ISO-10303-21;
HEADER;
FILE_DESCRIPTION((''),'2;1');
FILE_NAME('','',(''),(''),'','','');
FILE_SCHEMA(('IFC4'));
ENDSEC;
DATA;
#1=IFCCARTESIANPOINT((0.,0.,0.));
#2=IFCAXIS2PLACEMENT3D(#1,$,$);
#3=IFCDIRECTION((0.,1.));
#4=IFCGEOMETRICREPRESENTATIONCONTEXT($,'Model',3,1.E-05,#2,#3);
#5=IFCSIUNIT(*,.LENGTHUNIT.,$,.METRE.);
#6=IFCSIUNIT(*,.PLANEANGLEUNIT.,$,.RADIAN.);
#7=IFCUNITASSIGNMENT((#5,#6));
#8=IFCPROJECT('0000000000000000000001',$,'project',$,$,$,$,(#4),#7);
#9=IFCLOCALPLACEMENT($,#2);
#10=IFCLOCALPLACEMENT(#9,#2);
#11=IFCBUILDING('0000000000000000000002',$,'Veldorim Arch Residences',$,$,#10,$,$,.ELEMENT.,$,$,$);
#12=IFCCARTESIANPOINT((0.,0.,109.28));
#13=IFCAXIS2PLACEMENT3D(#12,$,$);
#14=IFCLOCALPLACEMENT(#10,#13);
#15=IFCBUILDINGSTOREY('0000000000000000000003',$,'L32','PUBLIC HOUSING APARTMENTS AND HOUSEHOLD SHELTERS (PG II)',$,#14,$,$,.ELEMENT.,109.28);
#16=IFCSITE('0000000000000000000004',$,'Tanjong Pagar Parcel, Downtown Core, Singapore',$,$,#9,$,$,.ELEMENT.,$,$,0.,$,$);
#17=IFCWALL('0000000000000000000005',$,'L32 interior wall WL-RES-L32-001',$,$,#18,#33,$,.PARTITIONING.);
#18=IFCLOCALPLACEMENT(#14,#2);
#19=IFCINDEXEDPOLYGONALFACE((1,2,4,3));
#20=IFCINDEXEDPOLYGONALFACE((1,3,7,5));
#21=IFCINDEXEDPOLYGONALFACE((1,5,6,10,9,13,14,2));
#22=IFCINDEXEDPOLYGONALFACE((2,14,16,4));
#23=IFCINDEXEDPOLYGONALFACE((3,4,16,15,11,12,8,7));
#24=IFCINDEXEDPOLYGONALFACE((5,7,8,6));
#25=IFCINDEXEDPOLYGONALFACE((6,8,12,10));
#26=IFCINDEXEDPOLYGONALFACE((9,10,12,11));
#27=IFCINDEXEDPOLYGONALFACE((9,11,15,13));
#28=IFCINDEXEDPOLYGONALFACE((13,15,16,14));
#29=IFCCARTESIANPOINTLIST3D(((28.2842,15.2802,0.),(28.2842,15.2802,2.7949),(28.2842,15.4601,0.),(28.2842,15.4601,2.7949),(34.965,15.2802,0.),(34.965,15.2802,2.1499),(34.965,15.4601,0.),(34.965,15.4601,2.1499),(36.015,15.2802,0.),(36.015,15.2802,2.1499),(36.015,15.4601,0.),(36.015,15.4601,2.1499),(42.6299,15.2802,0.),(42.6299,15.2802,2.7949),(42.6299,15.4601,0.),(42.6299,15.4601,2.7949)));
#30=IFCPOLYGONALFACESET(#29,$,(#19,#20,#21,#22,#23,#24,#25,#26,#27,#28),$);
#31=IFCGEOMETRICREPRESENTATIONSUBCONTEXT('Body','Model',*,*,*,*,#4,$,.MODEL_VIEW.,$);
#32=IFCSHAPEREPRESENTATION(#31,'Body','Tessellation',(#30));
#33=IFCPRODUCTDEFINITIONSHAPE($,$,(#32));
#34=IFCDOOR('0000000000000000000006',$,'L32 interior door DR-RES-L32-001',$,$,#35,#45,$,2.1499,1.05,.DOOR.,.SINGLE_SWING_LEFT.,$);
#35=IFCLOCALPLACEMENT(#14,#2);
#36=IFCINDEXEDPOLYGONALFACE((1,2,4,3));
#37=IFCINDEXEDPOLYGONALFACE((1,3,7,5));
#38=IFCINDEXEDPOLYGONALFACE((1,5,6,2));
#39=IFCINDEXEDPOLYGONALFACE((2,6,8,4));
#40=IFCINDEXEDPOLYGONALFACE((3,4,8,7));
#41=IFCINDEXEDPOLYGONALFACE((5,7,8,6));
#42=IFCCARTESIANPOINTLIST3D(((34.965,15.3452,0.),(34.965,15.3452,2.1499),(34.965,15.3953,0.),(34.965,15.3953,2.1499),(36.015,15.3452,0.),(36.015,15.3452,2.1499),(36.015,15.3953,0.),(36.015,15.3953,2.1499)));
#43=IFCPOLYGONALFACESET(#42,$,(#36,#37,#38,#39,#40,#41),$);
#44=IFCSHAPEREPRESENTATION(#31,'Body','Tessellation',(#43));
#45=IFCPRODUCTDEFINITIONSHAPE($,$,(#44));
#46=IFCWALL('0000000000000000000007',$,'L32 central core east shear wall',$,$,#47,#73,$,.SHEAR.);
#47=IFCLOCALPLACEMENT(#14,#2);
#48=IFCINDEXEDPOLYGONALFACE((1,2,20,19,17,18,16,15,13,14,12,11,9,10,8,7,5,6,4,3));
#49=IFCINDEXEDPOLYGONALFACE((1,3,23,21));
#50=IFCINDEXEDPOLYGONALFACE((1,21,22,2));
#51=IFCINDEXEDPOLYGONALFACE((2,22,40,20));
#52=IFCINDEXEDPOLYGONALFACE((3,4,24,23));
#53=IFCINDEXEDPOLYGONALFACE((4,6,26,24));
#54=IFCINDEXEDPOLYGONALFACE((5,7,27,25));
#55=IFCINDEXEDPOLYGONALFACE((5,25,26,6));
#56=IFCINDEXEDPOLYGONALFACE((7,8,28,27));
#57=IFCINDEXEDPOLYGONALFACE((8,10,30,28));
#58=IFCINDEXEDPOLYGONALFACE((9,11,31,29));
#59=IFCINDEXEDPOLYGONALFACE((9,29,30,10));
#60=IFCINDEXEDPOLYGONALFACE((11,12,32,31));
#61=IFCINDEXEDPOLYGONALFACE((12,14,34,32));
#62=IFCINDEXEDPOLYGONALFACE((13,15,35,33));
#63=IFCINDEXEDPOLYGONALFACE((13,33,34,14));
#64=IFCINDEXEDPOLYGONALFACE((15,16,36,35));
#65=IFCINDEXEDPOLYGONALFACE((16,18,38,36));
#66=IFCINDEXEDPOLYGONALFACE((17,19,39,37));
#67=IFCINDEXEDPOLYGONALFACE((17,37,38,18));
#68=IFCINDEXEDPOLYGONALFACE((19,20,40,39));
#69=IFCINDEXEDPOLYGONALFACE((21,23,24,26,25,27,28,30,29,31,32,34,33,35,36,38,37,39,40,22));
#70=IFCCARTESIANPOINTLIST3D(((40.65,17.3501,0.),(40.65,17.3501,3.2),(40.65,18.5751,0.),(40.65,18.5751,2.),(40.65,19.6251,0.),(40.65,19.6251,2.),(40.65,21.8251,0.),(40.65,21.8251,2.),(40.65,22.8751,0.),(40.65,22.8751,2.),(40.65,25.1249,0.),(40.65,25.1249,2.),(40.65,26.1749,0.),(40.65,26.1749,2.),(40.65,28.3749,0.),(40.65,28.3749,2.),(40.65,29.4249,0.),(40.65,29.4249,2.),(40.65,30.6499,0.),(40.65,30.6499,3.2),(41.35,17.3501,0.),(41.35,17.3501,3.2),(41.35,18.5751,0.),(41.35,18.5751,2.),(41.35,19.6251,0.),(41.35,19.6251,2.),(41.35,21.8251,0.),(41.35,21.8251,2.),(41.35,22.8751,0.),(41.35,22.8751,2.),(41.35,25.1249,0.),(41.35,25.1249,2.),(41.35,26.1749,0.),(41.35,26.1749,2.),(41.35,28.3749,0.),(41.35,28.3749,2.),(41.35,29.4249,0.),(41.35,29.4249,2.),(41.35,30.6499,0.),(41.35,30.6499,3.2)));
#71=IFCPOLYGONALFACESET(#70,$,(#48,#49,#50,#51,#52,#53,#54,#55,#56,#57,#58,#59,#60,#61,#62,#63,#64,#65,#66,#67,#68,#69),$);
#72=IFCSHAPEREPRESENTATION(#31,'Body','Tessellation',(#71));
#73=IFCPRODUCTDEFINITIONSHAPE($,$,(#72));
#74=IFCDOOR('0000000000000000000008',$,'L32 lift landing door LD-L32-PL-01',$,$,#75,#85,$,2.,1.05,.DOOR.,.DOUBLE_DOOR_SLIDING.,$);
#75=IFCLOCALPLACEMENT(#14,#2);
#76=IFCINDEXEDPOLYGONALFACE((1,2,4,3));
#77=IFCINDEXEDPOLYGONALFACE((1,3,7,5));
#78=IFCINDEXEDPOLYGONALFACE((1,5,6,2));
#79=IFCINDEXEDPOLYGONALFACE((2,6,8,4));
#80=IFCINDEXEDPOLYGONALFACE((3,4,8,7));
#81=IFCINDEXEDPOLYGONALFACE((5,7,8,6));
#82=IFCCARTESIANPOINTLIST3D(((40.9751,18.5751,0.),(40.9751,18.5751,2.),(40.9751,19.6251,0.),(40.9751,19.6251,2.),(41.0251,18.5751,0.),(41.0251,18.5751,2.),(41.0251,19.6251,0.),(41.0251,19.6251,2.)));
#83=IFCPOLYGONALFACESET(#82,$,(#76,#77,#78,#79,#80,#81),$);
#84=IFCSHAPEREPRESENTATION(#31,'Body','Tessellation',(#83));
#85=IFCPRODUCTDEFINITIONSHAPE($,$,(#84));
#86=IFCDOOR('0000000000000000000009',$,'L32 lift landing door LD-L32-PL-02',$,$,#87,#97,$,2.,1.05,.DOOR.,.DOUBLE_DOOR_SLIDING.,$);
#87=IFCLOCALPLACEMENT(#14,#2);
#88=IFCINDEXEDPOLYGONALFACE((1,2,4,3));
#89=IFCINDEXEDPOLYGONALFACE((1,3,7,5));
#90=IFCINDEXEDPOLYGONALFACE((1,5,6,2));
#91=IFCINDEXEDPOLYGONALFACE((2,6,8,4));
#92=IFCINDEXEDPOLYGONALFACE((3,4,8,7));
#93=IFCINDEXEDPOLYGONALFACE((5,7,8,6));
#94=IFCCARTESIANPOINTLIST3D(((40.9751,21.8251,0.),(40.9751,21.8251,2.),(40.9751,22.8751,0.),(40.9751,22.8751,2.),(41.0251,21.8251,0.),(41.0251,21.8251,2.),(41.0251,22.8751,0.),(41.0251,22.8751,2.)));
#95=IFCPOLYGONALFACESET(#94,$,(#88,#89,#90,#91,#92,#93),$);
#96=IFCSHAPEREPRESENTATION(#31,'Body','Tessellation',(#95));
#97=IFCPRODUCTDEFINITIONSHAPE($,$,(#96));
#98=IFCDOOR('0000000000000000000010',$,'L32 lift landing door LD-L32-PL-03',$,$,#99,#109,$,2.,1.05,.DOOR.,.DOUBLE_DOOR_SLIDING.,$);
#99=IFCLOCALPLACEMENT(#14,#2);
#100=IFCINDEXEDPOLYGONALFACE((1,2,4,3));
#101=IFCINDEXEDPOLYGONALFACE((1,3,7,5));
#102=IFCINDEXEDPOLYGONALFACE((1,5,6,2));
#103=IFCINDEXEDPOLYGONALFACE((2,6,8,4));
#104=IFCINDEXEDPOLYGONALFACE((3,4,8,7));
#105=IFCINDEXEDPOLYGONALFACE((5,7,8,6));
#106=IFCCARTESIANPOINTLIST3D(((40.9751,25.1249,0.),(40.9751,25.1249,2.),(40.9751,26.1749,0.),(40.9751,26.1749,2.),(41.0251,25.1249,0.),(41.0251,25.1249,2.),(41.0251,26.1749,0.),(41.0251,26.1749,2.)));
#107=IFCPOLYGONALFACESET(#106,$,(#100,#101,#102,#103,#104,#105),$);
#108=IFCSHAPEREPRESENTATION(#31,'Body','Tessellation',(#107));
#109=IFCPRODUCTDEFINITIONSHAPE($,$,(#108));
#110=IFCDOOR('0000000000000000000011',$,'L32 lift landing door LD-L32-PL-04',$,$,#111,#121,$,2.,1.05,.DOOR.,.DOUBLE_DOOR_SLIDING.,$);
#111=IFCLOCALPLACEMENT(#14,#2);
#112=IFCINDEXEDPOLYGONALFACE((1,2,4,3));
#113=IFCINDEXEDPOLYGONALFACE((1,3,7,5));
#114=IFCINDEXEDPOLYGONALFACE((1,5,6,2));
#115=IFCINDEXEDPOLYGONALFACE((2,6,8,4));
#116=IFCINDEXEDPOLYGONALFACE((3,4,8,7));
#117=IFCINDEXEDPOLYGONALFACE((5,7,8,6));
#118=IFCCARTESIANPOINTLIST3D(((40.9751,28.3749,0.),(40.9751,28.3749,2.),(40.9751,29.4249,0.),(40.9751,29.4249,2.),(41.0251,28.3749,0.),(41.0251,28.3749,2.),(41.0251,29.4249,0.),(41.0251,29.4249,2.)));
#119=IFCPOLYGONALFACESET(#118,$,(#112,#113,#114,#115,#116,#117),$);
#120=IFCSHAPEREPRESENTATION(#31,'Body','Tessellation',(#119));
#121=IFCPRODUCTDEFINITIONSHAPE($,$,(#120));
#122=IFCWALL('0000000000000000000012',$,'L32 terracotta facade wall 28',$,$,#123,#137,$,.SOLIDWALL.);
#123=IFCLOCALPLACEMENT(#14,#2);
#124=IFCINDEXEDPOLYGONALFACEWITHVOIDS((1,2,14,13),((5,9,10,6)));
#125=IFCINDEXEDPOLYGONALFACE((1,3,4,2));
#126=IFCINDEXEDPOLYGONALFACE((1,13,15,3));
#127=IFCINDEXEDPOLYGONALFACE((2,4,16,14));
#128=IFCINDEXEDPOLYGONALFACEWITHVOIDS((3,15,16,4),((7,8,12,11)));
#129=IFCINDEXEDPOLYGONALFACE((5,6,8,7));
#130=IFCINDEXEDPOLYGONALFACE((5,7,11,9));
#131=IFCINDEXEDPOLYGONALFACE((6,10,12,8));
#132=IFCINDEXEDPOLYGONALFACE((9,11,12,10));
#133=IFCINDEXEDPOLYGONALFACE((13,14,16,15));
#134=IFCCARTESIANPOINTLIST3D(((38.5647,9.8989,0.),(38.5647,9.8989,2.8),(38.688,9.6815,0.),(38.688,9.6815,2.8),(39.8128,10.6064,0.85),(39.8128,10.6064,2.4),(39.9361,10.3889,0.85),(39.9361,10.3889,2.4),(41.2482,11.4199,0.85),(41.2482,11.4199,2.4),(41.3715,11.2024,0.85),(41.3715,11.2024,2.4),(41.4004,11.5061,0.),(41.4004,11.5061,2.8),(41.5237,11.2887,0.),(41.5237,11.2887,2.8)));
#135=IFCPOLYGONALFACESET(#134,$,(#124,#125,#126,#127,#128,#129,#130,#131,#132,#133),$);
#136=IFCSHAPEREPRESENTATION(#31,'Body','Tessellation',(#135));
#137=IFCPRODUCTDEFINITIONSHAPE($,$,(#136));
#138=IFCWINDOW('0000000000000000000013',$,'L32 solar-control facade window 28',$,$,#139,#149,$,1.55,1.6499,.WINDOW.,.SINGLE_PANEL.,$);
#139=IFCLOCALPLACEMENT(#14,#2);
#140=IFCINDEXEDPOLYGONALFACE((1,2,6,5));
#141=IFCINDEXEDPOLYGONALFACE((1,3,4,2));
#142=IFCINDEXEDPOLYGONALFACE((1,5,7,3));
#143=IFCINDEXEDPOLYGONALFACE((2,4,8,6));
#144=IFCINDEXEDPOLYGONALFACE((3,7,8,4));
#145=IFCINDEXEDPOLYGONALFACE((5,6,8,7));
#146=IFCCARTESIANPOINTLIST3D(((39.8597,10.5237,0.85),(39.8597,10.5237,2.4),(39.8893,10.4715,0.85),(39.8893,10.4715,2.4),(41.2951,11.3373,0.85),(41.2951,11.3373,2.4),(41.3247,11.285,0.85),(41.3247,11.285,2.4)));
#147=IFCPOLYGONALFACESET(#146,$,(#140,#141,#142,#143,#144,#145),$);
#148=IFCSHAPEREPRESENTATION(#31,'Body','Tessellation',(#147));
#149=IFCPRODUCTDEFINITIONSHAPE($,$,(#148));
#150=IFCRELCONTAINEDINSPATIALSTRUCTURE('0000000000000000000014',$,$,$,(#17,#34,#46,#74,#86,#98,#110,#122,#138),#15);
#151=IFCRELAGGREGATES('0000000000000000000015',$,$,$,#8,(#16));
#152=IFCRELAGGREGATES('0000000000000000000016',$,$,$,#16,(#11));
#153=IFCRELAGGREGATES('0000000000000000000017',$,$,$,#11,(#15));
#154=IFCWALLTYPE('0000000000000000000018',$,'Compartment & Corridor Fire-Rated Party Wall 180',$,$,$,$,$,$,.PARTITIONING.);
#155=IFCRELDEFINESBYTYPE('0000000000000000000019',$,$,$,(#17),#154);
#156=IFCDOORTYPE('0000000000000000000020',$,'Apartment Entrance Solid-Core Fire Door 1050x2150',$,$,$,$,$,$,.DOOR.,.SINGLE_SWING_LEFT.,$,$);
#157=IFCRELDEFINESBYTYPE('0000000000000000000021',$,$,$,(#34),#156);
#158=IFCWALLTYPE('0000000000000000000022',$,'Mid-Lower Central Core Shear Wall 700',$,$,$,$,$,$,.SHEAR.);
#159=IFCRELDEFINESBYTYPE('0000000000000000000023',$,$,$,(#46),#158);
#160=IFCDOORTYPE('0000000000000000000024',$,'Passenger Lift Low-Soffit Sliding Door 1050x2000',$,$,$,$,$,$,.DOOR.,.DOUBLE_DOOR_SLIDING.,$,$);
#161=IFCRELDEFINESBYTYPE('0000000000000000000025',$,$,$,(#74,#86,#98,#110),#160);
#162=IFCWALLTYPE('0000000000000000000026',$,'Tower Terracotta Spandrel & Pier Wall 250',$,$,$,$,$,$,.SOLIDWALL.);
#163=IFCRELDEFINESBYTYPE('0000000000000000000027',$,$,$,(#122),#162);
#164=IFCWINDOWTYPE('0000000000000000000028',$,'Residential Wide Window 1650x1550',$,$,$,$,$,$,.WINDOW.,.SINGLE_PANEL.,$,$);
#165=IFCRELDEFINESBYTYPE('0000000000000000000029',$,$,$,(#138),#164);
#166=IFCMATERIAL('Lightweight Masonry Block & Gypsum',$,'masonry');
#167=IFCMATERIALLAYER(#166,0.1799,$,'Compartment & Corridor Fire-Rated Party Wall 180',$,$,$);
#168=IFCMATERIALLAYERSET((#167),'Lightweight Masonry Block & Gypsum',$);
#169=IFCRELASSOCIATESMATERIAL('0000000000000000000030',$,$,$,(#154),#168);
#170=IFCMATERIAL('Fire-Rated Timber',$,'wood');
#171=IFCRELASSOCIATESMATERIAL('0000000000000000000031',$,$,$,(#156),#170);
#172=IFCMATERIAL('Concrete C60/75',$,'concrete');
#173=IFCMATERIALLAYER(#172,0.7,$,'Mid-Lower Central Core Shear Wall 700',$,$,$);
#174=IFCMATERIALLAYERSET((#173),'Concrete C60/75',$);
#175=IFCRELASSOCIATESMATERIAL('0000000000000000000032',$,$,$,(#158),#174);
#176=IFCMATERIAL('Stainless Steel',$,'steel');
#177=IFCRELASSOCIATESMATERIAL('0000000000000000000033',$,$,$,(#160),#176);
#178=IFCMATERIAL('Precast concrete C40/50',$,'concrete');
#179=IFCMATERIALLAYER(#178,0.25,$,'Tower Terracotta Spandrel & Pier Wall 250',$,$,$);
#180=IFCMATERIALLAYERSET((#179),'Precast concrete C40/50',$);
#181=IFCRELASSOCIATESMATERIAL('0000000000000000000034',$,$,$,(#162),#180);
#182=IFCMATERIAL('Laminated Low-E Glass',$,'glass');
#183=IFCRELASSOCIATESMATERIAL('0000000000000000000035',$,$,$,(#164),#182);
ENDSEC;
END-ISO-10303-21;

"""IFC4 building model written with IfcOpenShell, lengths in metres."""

from ifc_helpers import new_model, si_unit, direction, frame, frame_2d, origin, place, context, subcontext, project, spatial, rectangle, extrude, material, layer, layer_set, type_object, element, fill, save


model = new_model("IFC4")

# Units and contexts
model_context = context("Model", 3, precision=1e-05, world=origin(), true_north=direction((0.0, 1.0)))
body_context = subcontext(model_context, "Body", "Model", "MODEL_VIEW")
ifc_project = project(units=[si_unit("LENGTHUNIT", "METRE"), si_unit("PLANEANGLEUNIT", "RADIAN")], contexts=[model_context])

# Site, building, storey
site_placement = place(None, origin())
site = spatial("IfcSite", under=ifc_project, at=site_placement, Name="Tanjong Pagar Parcel, Downtown Core, Singapore", CompositionType="ELEMENT", RefElevation=0.0)
building_placement = place(site_placement, origin())
building = spatial("IfcBuilding", under=site, at=building_placement, Name="Veldorim Arch Residences", CompositionType="ELEMENT")
storey_placement = place(building_placement, frame((0.0, 0.0, 109.28)))
storey = spatial("IfcBuildingStorey", under=building, at=storey_placement, Name="L32", Description="PUBLIC HOUSING APARTMENTS AND HOUSEHOLD SHELTERS (PG II)", CompositionType="ELEMENT", Elevation=109.28)

# Shared definitions
ifc_material_1 = material(Name="Lightweight Masonry Block & Gypsum", Category="masonry")
ifc_layer_1 = layer(ifc_material_1, 0.1799, Name="Compartment & Corridor Fire-Rated Party Wall 180")
ifc_layer_set_1 = layer_set([ifc_layer_1], Name="Lightweight Masonry Block & Gypsum")
wall_type_1 = type_object("IfcWallType", Name="Compartment & Corridor Fire-Rated Party Wall 180", PredefinedType="PARTITIONING", material=ifc_layer_set_1)

# Wall, opening, door
wall_1_placement = place(storey_placement, frame((42.6299, 15.3701, 0.0), z_axis=(0.0, 0.0, 1.0), x_axis=(-1.0, 0.0, 0.0)))
wall_1 = element("IfcWall", 1, at=wall_1_placement, inside=storey, type_object=wall_type_1, Name="L32 interior wall WL-RES-L32-001", PredefinedType="PARTITIONING", context=body_context, shape_type="SweptSolid", body=[
    extrude(rectangle(XDim=14.3457, YDim=0.1799, at=frame_2d((7.1729, 0.0))), origin(), (0.0, 0.0, 1.0), 2.7949),
])
opening_1_placement = place(wall_1_placement, frame((6.615, 0.0, 0.0)))
opening_1 = element("IfcOpeningElement", 2, at=opening_1_placement, cuts=wall_1, PredefinedType="OPENING", context=body_context, shape_type="SweptSolid", body=[
    extrude(rectangle(XDim=1.05, YDim=2.1499, at=frame_2d((0.5249, 1.075))), frame((0.0, 0.0999, 0.0), z_axis=(0.0, -1.0, 0.0), x_axis=(1.0, 0.0, 0.0)), (0.0, 0.0, 1.0), 0.2),
])
ifc_material_2 = material(Name="Fire-Rated Timber", Category="wood")
door_type_1 = type_object("IfcDoorType", Name="Apartment Entrance Solid-Core Fire Door 1050x2150", OperationType="SINGLE_SWING_LEFT", PredefinedType="DOOR", material=ifc_material_2)
door_1_placement = place(opening_1_placement, origin())
door_1 = element("IfcDoor", 3, at=door_1_placement, inside=storey, type_object=door_type_1, Name="L32 interior door DR-RES-L32-001", OperationType="SINGLE_SWING_LEFT", OverallHeight=2.1499, OverallWidth=1.05, PredefinedType="DOOR", context=body_context, shape_type="SweptSolid", body=[
    extrude(rectangle(XDim=1.05, YDim=2.1499, at=frame_2d((0.5249, 1.075))), frame((0.0, 0.0249, 0.0), z_axis=(0.0, -1.0, 0.0), x_axis=(1.0, 0.0, 0.0)), (0.0, 0.0, 1.0), 0.05),
])
fill(opening_1, door_1)

# Wall, openings, doors
ifc_material_3 = material(Name="Concrete C60/75", Category="concrete")
ifc_layer_2 = layer(ifc_material_3, 0.7, Name="Mid-Lower Central Core Shear Wall 700")
ifc_layer_set_2 = layer_set([ifc_layer_2], Name="Concrete C60/75")
wall_type_2 = type_object("IfcWallType", Name="Mid-Lower Central Core Shear Wall 700", PredefinedType="SHEAR", material=ifc_layer_set_2)
wall_2_placement = place(storey_placement, frame((41.0, 17.3501, 0.0), z_axis=(0.0, 0.0, 1.0), x_axis=(0.0, 1.0, 0.0)))
wall_2 = element("IfcWall", 4, at=wall_2_placement, inside=storey, type_object=wall_type_2, Name="L32 central core east shear wall", PredefinedType="SHEAR", context=body_context, shape_type="SweptSolid", body=[
    extrude(rectangle(XDim=13.2998, YDim=0.7, at=frame_2d((6.6499, 0.0))), origin(), (0.0, 0.0, 1.0), 3.2),
])
opening_2_placement = place(wall_2_placement, frame((1.2251, 0.0, 0.0)))
opening_2 = element("IfcOpeningElement", 5, at=opening_2_placement, cuts=wall_2, PredefinedType="OPENING", context=body_context, shape_type="SweptSolid", body=[
    extrude(rectangle(XDim=1.05, YDim=2.0, at=frame_2d((0.5249, 1.0))), frame((0.0, 0.3599, 0.0), z_axis=(0.0, -1.0, 0.0), x_axis=(1.0, 0.0, 0.0)), (0.0, 0.0, 1.0), 0.72),
])
opening_3_placement = place(wall_2_placement, frame((4.4751, 0.0, 0.0)))
opening_3 = element("IfcOpeningElement", 6, at=opening_3_placement, cuts=wall_2, PredefinedType="OPENING", context=body_context, shape_type="SweptSolid", body=[
    extrude(rectangle(XDim=1.05, YDim=2.0, at=frame_2d((0.5249, 1.0))), frame((0.0, 0.3599, 0.0), z_axis=(0.0, -1.0, 0.0), x_axis=(1.0, 0.0, 0.0)), (0.0, 0.0, 1.0), 0.72),
])
opening_4_placement = place(wall_2_placement, frame((7.7749, 0.0, 0.0)))
opening_4 = element("IfcOpeningElement", 7, at=opening_4_placement, cuts=wall_2, PredefinedType="OPENING", context=body_context, shape_type="SweptSolid", body=[
    extrude(rectangle(XDim=1.05, YDim=2.0, at=frame_2d((0.5249, 1.0))), frame((0.0, 0.3599, 0.0), z_axis=(0.0, -1.0, 0.0), x_axis=(1.0, 0.0, 0.0)), (0.0, 0.0, 1.0), 0.72),
])
opening_5_placement = place(wall_2_placement, frame((11.0249, 0.0, 0.0)))
opening_5 = element("IfcOpeningElement", 8, at=opening_5_placement, cuts=wall_2, PredefinedType="OPENING", context=body_context, shape_type="SweptSolid", body=[
    extrude(rectangle(XDim=1.05, YDim=2.0, at=frame_2d((0.5249, 1.0))), frame((0.0, 0.3599, 0.0), z_axis=(0.0, -1.0, 0.0), x_axis=(1.0, 0.0, 0.0)), (0.0, 0.0, 1.0), 0.72),
])
ifc_material_4 = material(Name="Stainless Steel", Category="steel")
door_type_2 = type_object("IfcDoorType", Name="Passenger Lift Low-Soffit Sliding Door 1050x2000", OperationType="DOUBLE_DOOR_SLIDING", PredefinedType="DOOR", material=ifc_material_4)
door_2_placement = place(opening_2_placement, origin())
door_2 = element("IfcDoor", 9, at=door_2_placement, inside=storey, type_object=door_type_2, Name="L32 lift landing door LD-L32-PL-01", OperationType="DOUBLE_DOOR_SLIDING", OverallHeight=2.0, OverallWidth=1.05, PredefinedType="DOOR", context=body_context, shape_type="SweptSolid", body=[
    extrude(rectangle(XDim=1.05, YDim=2.0, at=frame_2d((0.5249, 1.0))), frame((0.0, 0.0249, 0.0), z_axis=(0.0, -1.0, 0.0), x_axis=(1.0, 0.0, 0.0)), (0.0, 0.0, 1.0), 0.05),
])
fill(opening_2, door_2)
door_3_placement = place(opening_3_placement, origin())
door_3 = element("IfcDoor", 10, at=door_3_placement, inside=storey, type_object=door_type_2, Name="L32 lift landing door LD-L32-PL-02", OperationType="DOUBLE_DOOR_SLIDING", OverallHeight=2.0, OverallWidth=1.05, PredefinedType="DOOR", context=body_context, shape_type="SweptSolid", body=[
    extrude(rectangle(XDim=1.05, YDim=2.0, at=frame_2d((0.5249, 1.0))), frame((0.0, 0.0249, 0.0), z_axis=(0.0, -1.0, 0.0), x_axis=(1.0, 0.0, 0.0)), (0.0, 0.0, 1.0), 0.05),
])
fill(opening_3, door_3)
door_4_placement = place(opening_4_placement, origin())
door_4 = element("IfcDoor", 11, at=door_4_placement, inside=storey, type_object=door_type_2, Name="L32 lift landing door LD-L32-PL-03", OperationType="DOUBLE_DOOR_SLIDING", OverallHeight=2.0, OverallWidth=1.05, PredefinedType="DOOR", context=body_context, shape_type="SweptSolid", body=[
    extrude(rectangle(XDim=1.05, YDim=2.0, at=frame_2d((0.5249, 1.0))), frame((0.0, 0.0249, 0.0), z_axis=(0.0, -1.0, 0.0), x_axis=(1.0, 0.0, 0.0)), (0.0, 0.0, 1.0), 0.05),
])
fill(opening_4, door_4)
door_5_placement = place(opening_5_placement, origin())
door_5 = element("IfcDoor", 12, at=door_5_placement, inside=storey, type_object=door_type_2, Name="L32 lift landing door LD-L32-PL-04", OperationType="DOUBLE_DOOR_SLIDING", OverallHeight=2.0, OverallWidth=1.05, PredefinedType="DOOR", context=body_context, shape_type="SweptSolid", body=[
    extrude(rectangle(XDim=1.05, YDim=2.0, at=frame_2d((0.5249, 1.0))), frame((0.0, 0.0249, 0.0), z_axis=(0.0, -1.0, 0.0), x_axis=(1.0, 0.0, 0.0)), (0.0, 0.0, 1.0), 0.05),
])
fill(opening_5, door_5)

# Wall, opening, window
ifc_material_5 = material(Name="Precast concrete C40/50", Category="concrete")
ifc_layer_3 = layer(ifc_material_5, 0.25, Name="Tower Terracotta Spandrel & Pier Wall 250")
ifc_layer_set_3 = layer_set([ifc_layer_3], Name="Precast concrete C40/50")
wall_type_3 = type_object("IfcWallType", Name="Tower Terracotta Spandrel & Pier Wall 250", PredefinedType="SOLIDWALL", material=ifc_layer_set_3)
wall_3_placement = place(storey_placement, frame((41.4622, 11.3975, 0.0), z_axis=(0.0, 0.0, 1.0), x_axis=(-0.869985, -0.493079, 0.0)))
wall_3 = element("IfcWall", 13, at=wall_3_placement, inside=storey, type_object=wall_type_3, Name="L32 terracotta facade wall 28", PredefinedType="SOLIDWALL", context=body_context, shape_type="SweptSolid", body=[
    extrude(rectangle(XDim=3.2595, YDim=0.25, at=frame_2d((1.6299, 0.0))), origin(), (0.0, 0.0, 1.0), 2.8),
])
opening_6_placement = place(wall_3_placement, frame((0.175, 0.0, 0.8501)))
opening_6 = element("IfcOpeningElement", 14, at=opening_6_placement, cuts=wall_3, PredefinedType="OPENING", context=body_context, shape_type="SweptSolid", body=[
    extrude(rectangle(XDim=1.6499, YDim=1.55, at=frame_2d((0.825, 0.7749))), frame((0.0, 0.135, 0.0), z_axis=(0.0, -1.0, 0.0), x_axis=(1.0, 0.0, 0.0)), (0.0, 0.0, 1.0), 0.27),
])
ifc_material_6 = material(Name="Laminated Low-E Glass", Category="glass")
window_type_1 = type_object("IfcWindowType", Name="Residential Wide Window 1650x1550", PartitioningType="SINGLE_PANEL", PredefinedType="WINDOW", material=ifc_material_6)
window_1_placement = place(opening_6_placement, origin())
window_1 = element("IfcWindow", 15, at=window_1_placement, inside=storey, type_object=window_type_1, Name="L32 solar-control facade window 28", OverallHeight=1.55, OverallWidth=1.6499, PartitioningType="SINGLE_PANEL", PredefinedType="WINDOW", context=body_context, shape_type="SweptSolid", body=[
    extrude(rectangle(XDim=1.6499, YDim=1.55, at=frame_2d((0.825, 0.7749))), frame((0.0, 0.03, 0.0), z_axis=(0.0, -1.0, 0.0), x_axis=(1.0, 0.0, 0.0)), (0.0, 0.0, 1.0), 0.0601),
])
fill(opening_6, window_1)

save(model, "model.ifc")
